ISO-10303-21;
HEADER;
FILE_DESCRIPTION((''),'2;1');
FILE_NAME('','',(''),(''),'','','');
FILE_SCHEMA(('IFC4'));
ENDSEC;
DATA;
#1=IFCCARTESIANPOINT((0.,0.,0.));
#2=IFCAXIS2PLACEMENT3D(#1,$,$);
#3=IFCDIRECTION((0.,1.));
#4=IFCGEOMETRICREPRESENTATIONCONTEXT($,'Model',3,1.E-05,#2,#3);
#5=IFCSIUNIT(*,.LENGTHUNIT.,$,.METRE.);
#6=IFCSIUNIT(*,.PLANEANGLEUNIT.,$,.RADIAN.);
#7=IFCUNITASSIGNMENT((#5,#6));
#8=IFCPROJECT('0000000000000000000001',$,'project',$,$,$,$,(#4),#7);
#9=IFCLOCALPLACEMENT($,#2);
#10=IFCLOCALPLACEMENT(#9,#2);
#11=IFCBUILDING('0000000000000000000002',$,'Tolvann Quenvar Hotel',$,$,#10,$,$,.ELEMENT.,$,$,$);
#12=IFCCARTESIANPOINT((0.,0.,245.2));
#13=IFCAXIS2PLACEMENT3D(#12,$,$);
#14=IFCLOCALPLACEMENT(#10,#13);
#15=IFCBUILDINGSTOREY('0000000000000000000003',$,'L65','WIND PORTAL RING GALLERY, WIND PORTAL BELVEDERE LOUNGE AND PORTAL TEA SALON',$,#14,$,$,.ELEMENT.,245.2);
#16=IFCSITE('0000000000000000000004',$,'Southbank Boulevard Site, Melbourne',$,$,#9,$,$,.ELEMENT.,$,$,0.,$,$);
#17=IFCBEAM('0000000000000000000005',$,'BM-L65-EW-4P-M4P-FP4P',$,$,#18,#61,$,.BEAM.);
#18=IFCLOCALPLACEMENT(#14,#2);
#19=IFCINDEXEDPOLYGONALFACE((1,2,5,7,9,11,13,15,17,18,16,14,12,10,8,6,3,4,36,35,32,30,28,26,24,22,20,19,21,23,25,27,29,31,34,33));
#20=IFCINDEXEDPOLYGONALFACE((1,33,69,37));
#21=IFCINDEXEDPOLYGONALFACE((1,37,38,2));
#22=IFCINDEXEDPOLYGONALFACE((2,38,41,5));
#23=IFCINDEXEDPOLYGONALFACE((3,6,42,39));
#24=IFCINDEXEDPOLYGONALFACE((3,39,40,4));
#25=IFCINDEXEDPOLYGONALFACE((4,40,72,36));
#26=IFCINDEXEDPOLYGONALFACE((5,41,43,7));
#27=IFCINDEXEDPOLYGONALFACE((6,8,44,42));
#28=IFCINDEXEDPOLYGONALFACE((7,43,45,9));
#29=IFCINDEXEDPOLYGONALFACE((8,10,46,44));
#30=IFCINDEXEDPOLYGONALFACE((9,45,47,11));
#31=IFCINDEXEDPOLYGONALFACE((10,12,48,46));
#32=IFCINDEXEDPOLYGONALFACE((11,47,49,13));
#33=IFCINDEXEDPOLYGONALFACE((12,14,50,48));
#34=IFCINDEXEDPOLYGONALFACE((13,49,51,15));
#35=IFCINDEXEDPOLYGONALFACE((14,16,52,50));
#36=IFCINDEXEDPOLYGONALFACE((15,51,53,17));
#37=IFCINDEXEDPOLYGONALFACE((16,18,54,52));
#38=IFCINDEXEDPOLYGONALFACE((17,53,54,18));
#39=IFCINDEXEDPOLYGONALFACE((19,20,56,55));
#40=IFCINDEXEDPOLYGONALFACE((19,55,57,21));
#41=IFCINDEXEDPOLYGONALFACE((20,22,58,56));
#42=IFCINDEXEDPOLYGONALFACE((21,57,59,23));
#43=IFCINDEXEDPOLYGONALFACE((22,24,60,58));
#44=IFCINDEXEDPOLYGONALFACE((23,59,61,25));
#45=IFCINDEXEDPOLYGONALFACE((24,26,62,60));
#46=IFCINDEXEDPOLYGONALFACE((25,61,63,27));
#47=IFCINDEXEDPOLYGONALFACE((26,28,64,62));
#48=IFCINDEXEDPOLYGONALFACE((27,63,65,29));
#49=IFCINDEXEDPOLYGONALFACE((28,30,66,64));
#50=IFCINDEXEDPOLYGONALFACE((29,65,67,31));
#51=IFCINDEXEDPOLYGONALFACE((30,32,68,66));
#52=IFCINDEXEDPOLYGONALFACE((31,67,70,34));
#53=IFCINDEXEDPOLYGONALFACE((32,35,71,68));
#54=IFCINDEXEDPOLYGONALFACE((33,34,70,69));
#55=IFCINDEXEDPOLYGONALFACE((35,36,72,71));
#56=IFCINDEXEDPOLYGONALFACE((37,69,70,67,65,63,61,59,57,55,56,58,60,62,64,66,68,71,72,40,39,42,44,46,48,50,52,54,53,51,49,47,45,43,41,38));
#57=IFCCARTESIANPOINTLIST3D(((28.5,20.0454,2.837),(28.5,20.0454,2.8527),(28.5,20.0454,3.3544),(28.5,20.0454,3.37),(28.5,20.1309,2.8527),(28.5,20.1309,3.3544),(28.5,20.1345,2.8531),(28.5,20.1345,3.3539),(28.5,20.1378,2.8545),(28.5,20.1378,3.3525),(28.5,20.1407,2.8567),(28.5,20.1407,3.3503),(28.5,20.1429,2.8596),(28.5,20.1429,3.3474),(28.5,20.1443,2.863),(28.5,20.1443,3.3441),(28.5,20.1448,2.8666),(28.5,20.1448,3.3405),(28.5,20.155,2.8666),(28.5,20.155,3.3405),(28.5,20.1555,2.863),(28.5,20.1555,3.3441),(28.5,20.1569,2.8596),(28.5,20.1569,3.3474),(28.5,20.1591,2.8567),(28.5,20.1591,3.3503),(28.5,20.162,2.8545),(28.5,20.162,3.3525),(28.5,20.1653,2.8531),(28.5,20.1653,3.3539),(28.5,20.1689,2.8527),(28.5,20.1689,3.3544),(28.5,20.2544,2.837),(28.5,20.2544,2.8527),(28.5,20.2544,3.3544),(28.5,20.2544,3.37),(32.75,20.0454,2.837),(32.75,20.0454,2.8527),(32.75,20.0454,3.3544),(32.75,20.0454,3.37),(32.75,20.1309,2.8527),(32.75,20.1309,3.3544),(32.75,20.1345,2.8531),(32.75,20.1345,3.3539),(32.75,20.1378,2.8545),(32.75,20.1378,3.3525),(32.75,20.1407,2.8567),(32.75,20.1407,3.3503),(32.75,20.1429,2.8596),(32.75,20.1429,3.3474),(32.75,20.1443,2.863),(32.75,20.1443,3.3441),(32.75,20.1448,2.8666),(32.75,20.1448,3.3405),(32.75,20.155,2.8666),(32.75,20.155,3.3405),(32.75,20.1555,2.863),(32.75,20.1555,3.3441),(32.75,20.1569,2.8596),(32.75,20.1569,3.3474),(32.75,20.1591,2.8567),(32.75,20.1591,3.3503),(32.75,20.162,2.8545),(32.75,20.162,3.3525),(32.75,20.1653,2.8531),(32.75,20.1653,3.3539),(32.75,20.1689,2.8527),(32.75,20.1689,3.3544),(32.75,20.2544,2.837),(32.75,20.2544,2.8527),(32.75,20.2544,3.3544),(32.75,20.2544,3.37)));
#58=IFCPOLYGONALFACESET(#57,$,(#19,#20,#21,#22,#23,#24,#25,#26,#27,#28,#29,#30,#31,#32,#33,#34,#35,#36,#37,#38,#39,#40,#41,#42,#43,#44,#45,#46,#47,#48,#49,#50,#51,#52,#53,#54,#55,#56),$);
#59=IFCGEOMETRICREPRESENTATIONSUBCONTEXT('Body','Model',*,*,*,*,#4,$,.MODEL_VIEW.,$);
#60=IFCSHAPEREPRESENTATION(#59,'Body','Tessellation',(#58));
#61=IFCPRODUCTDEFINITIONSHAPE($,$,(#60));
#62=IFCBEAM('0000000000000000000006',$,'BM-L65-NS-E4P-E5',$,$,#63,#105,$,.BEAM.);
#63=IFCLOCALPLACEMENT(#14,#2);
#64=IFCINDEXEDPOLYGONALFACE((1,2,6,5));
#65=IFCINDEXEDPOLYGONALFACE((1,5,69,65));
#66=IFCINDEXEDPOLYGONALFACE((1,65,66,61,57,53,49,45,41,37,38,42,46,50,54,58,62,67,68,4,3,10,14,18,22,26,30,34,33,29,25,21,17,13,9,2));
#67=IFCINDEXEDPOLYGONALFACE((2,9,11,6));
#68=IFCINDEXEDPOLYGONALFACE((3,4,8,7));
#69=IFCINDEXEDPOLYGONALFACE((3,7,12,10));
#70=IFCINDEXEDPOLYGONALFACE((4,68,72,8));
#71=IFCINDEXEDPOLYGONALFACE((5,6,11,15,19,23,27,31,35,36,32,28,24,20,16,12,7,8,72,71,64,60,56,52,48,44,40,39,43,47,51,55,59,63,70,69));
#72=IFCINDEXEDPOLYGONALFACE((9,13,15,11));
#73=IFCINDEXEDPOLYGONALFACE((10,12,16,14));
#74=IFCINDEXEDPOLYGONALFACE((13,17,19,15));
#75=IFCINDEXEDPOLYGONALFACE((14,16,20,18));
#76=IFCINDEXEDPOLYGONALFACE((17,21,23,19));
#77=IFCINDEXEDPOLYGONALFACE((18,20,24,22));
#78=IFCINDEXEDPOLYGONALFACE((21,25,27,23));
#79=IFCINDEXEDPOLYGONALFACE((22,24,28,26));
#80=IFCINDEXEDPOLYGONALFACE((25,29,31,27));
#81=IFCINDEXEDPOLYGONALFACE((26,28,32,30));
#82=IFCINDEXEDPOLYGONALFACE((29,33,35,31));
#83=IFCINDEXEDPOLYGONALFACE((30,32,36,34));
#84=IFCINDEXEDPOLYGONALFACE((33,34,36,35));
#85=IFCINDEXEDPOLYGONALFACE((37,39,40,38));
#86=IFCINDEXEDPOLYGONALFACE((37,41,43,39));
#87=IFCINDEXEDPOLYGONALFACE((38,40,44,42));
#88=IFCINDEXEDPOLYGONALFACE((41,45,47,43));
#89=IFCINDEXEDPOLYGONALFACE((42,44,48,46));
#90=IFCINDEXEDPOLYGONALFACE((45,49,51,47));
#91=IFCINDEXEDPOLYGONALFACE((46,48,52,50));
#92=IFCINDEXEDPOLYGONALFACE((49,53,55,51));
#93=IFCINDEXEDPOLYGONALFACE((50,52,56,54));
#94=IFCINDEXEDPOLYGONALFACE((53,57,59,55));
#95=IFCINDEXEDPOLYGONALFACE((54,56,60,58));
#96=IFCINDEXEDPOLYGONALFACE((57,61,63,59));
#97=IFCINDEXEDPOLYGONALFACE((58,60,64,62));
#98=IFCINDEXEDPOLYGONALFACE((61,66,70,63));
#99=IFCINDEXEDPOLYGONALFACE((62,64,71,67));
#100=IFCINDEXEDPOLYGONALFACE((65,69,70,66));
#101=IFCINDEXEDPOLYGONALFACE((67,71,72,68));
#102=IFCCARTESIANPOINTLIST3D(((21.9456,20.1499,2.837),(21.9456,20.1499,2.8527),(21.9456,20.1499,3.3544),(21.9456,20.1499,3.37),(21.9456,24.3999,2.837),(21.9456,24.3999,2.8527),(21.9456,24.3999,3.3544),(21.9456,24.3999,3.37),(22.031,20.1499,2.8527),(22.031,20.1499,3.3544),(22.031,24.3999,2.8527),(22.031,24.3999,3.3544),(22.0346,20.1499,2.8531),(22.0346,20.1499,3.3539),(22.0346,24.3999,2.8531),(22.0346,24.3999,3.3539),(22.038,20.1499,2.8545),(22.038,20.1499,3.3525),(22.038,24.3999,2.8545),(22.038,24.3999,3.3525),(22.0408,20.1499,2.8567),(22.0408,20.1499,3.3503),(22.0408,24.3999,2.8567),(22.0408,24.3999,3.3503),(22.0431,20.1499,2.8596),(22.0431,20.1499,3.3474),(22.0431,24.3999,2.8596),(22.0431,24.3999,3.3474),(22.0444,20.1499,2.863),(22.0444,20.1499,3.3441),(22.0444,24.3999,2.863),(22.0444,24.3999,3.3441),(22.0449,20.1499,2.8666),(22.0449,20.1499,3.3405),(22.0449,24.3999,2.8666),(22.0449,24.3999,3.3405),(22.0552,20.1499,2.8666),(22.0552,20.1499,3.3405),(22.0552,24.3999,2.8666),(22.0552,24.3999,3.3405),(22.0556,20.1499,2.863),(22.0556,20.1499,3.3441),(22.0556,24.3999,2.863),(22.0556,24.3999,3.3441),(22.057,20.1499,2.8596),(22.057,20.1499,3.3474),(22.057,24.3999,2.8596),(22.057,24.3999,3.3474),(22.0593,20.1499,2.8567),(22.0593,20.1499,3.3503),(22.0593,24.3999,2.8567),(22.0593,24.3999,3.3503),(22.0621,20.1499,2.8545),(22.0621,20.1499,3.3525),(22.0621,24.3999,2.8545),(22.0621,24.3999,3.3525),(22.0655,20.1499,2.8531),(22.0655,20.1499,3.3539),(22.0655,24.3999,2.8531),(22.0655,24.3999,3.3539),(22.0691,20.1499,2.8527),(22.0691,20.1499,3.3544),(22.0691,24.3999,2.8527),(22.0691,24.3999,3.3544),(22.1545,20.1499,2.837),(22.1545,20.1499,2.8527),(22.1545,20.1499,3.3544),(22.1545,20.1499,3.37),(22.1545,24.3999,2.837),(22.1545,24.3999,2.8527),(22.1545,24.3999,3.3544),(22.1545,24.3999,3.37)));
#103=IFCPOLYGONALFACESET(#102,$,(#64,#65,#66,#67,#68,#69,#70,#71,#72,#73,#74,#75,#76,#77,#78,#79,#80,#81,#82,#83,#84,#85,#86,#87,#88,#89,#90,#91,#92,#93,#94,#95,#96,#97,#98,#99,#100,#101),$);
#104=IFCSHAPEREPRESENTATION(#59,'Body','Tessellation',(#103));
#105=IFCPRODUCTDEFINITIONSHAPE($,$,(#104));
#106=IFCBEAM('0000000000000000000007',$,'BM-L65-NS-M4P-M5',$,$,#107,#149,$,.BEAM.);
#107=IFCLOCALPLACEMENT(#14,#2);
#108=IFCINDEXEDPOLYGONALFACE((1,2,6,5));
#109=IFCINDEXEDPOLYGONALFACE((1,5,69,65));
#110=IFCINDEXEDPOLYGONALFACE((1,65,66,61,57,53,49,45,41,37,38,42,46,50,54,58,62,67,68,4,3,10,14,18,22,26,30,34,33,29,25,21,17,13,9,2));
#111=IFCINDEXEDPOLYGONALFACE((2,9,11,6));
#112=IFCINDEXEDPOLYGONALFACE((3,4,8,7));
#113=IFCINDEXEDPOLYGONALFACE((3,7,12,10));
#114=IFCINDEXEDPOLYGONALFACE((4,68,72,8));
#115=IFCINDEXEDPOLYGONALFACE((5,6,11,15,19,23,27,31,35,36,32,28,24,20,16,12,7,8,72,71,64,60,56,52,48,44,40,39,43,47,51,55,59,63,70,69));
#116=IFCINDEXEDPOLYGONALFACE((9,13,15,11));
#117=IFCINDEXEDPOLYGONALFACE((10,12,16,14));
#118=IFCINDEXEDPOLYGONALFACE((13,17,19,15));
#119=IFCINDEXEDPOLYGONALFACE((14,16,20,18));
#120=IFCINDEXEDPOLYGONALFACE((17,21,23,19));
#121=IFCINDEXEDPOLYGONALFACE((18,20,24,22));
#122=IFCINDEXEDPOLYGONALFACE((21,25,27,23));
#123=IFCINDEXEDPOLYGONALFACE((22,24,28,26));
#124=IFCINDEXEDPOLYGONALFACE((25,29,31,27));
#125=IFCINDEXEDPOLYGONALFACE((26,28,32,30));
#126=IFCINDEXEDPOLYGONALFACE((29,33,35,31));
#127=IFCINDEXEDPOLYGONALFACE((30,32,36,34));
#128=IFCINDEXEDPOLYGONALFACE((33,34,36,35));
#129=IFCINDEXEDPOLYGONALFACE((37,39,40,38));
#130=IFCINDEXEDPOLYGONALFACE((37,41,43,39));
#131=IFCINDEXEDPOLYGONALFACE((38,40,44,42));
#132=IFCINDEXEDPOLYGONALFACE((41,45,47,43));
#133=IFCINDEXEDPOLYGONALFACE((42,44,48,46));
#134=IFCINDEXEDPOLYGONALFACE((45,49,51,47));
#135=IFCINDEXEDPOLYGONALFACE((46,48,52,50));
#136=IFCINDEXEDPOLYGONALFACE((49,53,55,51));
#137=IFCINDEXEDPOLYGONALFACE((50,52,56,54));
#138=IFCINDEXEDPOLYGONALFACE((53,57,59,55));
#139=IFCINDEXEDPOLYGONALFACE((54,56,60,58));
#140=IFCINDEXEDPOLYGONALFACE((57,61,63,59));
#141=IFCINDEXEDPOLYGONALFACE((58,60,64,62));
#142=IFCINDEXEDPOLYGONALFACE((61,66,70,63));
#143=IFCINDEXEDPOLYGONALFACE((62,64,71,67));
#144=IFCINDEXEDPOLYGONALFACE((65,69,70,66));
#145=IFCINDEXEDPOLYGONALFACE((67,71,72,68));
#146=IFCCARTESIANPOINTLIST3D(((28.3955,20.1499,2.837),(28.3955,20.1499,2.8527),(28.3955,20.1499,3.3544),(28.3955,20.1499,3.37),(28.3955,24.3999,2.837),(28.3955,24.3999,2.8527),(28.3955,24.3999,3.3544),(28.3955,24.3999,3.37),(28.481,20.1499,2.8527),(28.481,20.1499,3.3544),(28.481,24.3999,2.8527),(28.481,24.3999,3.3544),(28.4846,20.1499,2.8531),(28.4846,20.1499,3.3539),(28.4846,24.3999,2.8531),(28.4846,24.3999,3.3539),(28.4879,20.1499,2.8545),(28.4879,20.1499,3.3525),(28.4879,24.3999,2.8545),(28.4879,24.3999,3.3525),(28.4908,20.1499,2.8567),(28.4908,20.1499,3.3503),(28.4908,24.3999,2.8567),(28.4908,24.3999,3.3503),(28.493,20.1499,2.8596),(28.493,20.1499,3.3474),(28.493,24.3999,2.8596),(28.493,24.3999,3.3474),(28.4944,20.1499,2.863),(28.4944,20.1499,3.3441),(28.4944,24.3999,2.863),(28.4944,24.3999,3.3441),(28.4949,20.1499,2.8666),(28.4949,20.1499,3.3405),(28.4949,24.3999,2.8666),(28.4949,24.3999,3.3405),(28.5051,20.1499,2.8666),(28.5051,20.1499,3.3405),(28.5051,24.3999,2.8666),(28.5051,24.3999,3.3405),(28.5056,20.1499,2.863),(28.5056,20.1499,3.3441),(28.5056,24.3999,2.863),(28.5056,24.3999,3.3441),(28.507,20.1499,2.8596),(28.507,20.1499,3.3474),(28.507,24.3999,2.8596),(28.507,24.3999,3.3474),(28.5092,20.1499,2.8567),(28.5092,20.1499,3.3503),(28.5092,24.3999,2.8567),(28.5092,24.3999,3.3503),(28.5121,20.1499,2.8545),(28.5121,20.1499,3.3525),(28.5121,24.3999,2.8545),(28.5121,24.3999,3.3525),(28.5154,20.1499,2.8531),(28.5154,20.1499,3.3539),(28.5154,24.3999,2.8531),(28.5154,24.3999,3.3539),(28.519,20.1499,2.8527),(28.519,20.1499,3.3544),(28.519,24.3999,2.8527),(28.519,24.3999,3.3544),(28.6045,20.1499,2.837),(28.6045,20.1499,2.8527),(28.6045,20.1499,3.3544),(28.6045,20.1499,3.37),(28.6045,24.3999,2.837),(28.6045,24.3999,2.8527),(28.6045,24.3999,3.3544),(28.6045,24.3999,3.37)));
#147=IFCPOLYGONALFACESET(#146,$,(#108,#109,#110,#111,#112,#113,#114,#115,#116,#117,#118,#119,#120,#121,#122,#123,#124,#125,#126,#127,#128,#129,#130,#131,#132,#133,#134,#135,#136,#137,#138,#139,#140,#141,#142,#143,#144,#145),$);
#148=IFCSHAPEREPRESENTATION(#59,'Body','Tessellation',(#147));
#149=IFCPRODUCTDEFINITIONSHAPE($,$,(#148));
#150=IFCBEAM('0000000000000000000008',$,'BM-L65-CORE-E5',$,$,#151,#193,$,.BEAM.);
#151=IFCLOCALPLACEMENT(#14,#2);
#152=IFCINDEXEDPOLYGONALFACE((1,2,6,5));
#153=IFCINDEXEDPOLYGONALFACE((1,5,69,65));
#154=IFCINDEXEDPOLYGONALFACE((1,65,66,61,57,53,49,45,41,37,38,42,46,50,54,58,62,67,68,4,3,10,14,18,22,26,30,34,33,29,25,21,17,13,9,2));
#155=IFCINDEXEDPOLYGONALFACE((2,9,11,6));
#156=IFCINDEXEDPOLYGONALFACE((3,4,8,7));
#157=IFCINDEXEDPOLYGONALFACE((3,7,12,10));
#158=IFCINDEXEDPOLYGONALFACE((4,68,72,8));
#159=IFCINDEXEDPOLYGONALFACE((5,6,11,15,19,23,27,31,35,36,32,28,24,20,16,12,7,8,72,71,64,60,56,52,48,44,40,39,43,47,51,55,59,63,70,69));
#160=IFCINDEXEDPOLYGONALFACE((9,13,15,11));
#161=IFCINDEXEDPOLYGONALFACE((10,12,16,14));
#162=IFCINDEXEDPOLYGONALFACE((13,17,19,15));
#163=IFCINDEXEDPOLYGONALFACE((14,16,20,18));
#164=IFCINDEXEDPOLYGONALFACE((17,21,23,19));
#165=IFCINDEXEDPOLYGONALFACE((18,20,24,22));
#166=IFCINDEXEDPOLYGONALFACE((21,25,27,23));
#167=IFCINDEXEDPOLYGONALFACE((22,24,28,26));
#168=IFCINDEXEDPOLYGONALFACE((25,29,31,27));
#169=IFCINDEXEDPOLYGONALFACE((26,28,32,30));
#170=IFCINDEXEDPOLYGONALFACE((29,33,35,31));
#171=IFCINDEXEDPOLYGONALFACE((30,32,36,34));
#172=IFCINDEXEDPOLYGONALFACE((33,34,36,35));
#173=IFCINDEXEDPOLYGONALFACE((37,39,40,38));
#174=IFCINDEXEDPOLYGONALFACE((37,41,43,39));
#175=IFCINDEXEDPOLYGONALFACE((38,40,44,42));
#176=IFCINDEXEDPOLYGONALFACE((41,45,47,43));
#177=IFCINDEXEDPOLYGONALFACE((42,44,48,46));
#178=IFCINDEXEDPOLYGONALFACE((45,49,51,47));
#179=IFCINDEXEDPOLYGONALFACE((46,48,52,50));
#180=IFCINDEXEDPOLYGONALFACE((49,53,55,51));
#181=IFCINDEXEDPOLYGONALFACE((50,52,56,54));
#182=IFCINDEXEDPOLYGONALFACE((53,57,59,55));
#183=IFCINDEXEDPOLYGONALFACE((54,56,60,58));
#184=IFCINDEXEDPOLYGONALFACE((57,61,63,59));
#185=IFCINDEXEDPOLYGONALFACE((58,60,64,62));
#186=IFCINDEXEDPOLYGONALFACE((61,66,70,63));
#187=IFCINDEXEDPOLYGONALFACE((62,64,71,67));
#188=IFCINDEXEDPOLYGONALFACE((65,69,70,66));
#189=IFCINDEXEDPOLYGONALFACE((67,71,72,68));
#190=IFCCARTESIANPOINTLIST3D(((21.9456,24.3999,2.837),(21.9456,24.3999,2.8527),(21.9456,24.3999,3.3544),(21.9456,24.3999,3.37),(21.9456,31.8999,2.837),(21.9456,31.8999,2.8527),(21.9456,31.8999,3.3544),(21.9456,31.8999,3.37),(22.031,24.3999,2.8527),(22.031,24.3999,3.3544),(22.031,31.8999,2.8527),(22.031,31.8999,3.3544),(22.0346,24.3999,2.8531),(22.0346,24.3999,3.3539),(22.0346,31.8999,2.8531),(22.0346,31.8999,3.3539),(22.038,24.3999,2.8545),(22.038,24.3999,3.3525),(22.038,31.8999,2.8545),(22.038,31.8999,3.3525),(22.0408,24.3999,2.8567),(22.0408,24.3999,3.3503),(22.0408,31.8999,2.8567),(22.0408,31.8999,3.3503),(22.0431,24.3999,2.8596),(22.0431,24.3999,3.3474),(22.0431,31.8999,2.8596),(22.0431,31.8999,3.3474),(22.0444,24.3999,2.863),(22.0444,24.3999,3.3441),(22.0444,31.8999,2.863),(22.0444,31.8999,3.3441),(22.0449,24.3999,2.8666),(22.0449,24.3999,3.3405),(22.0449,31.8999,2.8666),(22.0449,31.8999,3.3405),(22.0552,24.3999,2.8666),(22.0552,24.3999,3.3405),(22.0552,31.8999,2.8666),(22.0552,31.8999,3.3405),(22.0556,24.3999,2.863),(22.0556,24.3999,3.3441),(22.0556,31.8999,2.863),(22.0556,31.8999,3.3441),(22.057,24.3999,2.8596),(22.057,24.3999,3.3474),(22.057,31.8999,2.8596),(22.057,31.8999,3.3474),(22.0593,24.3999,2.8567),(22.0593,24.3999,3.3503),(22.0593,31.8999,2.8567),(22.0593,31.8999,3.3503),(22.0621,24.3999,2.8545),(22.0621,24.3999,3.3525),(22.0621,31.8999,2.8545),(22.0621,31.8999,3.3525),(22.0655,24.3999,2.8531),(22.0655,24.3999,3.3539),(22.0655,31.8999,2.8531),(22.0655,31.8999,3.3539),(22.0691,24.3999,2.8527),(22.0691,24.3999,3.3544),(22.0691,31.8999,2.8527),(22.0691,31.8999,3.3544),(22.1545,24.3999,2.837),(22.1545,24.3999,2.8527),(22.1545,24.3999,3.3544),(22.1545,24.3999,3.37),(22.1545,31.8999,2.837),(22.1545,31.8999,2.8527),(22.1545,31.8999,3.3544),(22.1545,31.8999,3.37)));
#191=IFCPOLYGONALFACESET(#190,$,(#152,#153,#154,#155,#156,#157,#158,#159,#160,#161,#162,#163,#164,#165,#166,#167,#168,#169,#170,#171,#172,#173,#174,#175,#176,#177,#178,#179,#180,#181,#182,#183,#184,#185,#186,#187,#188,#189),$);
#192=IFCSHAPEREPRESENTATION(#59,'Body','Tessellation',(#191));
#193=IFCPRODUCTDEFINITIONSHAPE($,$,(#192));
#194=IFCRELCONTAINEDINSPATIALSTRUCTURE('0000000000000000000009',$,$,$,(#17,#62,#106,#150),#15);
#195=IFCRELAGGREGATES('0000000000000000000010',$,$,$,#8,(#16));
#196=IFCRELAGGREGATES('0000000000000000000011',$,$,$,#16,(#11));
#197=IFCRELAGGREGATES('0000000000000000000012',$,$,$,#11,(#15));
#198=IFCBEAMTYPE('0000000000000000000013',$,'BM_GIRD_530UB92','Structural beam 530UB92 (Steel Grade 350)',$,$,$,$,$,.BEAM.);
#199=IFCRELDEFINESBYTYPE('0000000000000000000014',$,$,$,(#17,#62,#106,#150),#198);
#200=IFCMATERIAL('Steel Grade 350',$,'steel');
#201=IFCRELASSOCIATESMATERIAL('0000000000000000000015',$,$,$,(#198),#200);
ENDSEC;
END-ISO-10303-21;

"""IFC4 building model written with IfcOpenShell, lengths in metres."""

from ifc_helpers import new_model, si_unit, direction, frame, origin, origin_2d, place, context, subcontext, project, spatial, i_section, extrude, source, transform, mapped, material, material_profile, profile_set, type_object, element, save


model = new_model("IFC4")

# Units and contexts
model_context = context("Model", 3, precision=1e-05, world=origin(), true_north=direction((0.0, 1.0)))
body_context = subcontext(model_context, "Body", "Model", "MODEL_VIEW")
ifc_project = project(units=[si_unit("LENGTHUNIT", "METRE"), si_unit("PLANEANGLEUNIT", "RADIAN")], contexts=[model_context])

# Site, building, storey
site_placement = place(None, origin())
site = spatial("IfcSite", under=ifc_project, at=site_placement, Name="Southbank Boulevard Site, Melbourne", CompositionType="ELEMENT", RefElevation=0.0)
building_placement = place(site_placement, origin())
building = spatial("IfcBuilding", under=site, at=building_placement, Name="Tolvann Quenvar Hotel", CompositionType="ELEMENT")
storey_placement = place(building_placement, frame((0.0, 0.0, 245.2)))
storey = spatial("IfcBuildingStorey", under=building, at=storey_placement, Name="L65", Description="WIND PORTAL RING GALLERY, WIND PORTAL BELVEDERE LOUNGE AND PORTAL TEA SALON", CompositionType="ELEMENT", Elevation=245.2)

# Shared definitions
ifc_material_1 = material(Name="Steel Grade 350", Category="steel")

# Beams
ifc_material_profile_1 = material_profile(ifc_material_1, i_section(OverallWidth=0.209, OverallDepth=0.533, WebThickness=0.0103, FlangeThickness=0.0156, FilletRadius=0.0139, at=origin_2d()), Name="530UB92")
ifc_profile_set_1 = profile_set([ifc_material_profile_1], Name="Steel Grade 350")
beam_type_1 = type_object("IfcBeamType", Name="BM_GIRD_530UB92", Description="Structural beam 530UB92 (Steel Grade 350)", PredefinedType="BEAM", material=ifc_profile_set_1)
shared_shape_1 = source(origin(), body_context, "Body", "SweptSolid", [
    extrude(i_section(OverallWidth=0.209, OverallDepth=0.533, WebThickness=0.0103, FlangeThickness=0.0156, FilletRadius=0.0139, at=origin_2d()), origin(), (0.0, 0.0, 1.0), 4.25),
])
for number, where, z_axis, x_axis, name in (
    (1, (28.5, 20.1499, 3.1035), (1.0, 0.0, 0.0), (0.0, 1.0, 0.0), "BM-L65-EW-4P-M4P-FP4P"),
    (2, (22.05, 20.1499, 3.1035), (0.0, 1.0, 0.0), (-1.0, 0.0, 0.0), "BM-L65-NS-E4P-E5"),
    (3, (28.5, 20.1499, 3.1035), (0.0, 1.0, 0.0), (-1.0, 0.0, 0.0), "BM-L65-NS-M4P-M5"),
):
    element("IfcBeam", number, at=place(storey_placement, frame(where, z_axis=z_axis, x_axis=x_axis)), inside=storey, type_object=beam_type_1, Name=name, PredefinedType="BEAM", context=body_context, shape_type="MappedRepresentation", body=[
        mapped(shared_shape_1, transform((0.0, 0.0, 0.0), x_axis=(1.0, 0.0, 0.0), y_axis=(0.0, 1.0, 0.0), z_axis=(0.0, 0.0, 1.0), scale=1.0)),
    ])
shared_shape_2 = source(origin(), body_context, "Body", "SweptSolid", [
    extrude(i_section(OverallWidth=0.209, OverallDepth=0.533, WebThickness=0.0103, FlangeThickness=0.0156, FilletRadius=0.0139, at=origin_2d()), origin(), (0.0, 0.0, 1.0), 7.5),
])
beam_1_placement = place(storey_placement, frame((22.05, 24.3999, 3.1035), z_axis=(0.0, 1.0, 0.0), x_axis=(-1.0, 0.0, 0.0)))
element("IfcBeam", 4, at=beam_1_placement, inside=storey, type_object=beam_type_1, Name="BM-L65-CORE-E5", PredefinedType="BEAM", context=body_context, shape_type="MappedRepresentation", body=[
    mapped(shared_shape_2, transform((0.0, 0.0, 0.0), x_axis=(1.0, 0.0, 0.0), y_axis=(0.0, 1.0, 0.0), z_axis=(0.0, 0.0, 1.0), scale=1.0)),
])

save(model, "model.ifc")
